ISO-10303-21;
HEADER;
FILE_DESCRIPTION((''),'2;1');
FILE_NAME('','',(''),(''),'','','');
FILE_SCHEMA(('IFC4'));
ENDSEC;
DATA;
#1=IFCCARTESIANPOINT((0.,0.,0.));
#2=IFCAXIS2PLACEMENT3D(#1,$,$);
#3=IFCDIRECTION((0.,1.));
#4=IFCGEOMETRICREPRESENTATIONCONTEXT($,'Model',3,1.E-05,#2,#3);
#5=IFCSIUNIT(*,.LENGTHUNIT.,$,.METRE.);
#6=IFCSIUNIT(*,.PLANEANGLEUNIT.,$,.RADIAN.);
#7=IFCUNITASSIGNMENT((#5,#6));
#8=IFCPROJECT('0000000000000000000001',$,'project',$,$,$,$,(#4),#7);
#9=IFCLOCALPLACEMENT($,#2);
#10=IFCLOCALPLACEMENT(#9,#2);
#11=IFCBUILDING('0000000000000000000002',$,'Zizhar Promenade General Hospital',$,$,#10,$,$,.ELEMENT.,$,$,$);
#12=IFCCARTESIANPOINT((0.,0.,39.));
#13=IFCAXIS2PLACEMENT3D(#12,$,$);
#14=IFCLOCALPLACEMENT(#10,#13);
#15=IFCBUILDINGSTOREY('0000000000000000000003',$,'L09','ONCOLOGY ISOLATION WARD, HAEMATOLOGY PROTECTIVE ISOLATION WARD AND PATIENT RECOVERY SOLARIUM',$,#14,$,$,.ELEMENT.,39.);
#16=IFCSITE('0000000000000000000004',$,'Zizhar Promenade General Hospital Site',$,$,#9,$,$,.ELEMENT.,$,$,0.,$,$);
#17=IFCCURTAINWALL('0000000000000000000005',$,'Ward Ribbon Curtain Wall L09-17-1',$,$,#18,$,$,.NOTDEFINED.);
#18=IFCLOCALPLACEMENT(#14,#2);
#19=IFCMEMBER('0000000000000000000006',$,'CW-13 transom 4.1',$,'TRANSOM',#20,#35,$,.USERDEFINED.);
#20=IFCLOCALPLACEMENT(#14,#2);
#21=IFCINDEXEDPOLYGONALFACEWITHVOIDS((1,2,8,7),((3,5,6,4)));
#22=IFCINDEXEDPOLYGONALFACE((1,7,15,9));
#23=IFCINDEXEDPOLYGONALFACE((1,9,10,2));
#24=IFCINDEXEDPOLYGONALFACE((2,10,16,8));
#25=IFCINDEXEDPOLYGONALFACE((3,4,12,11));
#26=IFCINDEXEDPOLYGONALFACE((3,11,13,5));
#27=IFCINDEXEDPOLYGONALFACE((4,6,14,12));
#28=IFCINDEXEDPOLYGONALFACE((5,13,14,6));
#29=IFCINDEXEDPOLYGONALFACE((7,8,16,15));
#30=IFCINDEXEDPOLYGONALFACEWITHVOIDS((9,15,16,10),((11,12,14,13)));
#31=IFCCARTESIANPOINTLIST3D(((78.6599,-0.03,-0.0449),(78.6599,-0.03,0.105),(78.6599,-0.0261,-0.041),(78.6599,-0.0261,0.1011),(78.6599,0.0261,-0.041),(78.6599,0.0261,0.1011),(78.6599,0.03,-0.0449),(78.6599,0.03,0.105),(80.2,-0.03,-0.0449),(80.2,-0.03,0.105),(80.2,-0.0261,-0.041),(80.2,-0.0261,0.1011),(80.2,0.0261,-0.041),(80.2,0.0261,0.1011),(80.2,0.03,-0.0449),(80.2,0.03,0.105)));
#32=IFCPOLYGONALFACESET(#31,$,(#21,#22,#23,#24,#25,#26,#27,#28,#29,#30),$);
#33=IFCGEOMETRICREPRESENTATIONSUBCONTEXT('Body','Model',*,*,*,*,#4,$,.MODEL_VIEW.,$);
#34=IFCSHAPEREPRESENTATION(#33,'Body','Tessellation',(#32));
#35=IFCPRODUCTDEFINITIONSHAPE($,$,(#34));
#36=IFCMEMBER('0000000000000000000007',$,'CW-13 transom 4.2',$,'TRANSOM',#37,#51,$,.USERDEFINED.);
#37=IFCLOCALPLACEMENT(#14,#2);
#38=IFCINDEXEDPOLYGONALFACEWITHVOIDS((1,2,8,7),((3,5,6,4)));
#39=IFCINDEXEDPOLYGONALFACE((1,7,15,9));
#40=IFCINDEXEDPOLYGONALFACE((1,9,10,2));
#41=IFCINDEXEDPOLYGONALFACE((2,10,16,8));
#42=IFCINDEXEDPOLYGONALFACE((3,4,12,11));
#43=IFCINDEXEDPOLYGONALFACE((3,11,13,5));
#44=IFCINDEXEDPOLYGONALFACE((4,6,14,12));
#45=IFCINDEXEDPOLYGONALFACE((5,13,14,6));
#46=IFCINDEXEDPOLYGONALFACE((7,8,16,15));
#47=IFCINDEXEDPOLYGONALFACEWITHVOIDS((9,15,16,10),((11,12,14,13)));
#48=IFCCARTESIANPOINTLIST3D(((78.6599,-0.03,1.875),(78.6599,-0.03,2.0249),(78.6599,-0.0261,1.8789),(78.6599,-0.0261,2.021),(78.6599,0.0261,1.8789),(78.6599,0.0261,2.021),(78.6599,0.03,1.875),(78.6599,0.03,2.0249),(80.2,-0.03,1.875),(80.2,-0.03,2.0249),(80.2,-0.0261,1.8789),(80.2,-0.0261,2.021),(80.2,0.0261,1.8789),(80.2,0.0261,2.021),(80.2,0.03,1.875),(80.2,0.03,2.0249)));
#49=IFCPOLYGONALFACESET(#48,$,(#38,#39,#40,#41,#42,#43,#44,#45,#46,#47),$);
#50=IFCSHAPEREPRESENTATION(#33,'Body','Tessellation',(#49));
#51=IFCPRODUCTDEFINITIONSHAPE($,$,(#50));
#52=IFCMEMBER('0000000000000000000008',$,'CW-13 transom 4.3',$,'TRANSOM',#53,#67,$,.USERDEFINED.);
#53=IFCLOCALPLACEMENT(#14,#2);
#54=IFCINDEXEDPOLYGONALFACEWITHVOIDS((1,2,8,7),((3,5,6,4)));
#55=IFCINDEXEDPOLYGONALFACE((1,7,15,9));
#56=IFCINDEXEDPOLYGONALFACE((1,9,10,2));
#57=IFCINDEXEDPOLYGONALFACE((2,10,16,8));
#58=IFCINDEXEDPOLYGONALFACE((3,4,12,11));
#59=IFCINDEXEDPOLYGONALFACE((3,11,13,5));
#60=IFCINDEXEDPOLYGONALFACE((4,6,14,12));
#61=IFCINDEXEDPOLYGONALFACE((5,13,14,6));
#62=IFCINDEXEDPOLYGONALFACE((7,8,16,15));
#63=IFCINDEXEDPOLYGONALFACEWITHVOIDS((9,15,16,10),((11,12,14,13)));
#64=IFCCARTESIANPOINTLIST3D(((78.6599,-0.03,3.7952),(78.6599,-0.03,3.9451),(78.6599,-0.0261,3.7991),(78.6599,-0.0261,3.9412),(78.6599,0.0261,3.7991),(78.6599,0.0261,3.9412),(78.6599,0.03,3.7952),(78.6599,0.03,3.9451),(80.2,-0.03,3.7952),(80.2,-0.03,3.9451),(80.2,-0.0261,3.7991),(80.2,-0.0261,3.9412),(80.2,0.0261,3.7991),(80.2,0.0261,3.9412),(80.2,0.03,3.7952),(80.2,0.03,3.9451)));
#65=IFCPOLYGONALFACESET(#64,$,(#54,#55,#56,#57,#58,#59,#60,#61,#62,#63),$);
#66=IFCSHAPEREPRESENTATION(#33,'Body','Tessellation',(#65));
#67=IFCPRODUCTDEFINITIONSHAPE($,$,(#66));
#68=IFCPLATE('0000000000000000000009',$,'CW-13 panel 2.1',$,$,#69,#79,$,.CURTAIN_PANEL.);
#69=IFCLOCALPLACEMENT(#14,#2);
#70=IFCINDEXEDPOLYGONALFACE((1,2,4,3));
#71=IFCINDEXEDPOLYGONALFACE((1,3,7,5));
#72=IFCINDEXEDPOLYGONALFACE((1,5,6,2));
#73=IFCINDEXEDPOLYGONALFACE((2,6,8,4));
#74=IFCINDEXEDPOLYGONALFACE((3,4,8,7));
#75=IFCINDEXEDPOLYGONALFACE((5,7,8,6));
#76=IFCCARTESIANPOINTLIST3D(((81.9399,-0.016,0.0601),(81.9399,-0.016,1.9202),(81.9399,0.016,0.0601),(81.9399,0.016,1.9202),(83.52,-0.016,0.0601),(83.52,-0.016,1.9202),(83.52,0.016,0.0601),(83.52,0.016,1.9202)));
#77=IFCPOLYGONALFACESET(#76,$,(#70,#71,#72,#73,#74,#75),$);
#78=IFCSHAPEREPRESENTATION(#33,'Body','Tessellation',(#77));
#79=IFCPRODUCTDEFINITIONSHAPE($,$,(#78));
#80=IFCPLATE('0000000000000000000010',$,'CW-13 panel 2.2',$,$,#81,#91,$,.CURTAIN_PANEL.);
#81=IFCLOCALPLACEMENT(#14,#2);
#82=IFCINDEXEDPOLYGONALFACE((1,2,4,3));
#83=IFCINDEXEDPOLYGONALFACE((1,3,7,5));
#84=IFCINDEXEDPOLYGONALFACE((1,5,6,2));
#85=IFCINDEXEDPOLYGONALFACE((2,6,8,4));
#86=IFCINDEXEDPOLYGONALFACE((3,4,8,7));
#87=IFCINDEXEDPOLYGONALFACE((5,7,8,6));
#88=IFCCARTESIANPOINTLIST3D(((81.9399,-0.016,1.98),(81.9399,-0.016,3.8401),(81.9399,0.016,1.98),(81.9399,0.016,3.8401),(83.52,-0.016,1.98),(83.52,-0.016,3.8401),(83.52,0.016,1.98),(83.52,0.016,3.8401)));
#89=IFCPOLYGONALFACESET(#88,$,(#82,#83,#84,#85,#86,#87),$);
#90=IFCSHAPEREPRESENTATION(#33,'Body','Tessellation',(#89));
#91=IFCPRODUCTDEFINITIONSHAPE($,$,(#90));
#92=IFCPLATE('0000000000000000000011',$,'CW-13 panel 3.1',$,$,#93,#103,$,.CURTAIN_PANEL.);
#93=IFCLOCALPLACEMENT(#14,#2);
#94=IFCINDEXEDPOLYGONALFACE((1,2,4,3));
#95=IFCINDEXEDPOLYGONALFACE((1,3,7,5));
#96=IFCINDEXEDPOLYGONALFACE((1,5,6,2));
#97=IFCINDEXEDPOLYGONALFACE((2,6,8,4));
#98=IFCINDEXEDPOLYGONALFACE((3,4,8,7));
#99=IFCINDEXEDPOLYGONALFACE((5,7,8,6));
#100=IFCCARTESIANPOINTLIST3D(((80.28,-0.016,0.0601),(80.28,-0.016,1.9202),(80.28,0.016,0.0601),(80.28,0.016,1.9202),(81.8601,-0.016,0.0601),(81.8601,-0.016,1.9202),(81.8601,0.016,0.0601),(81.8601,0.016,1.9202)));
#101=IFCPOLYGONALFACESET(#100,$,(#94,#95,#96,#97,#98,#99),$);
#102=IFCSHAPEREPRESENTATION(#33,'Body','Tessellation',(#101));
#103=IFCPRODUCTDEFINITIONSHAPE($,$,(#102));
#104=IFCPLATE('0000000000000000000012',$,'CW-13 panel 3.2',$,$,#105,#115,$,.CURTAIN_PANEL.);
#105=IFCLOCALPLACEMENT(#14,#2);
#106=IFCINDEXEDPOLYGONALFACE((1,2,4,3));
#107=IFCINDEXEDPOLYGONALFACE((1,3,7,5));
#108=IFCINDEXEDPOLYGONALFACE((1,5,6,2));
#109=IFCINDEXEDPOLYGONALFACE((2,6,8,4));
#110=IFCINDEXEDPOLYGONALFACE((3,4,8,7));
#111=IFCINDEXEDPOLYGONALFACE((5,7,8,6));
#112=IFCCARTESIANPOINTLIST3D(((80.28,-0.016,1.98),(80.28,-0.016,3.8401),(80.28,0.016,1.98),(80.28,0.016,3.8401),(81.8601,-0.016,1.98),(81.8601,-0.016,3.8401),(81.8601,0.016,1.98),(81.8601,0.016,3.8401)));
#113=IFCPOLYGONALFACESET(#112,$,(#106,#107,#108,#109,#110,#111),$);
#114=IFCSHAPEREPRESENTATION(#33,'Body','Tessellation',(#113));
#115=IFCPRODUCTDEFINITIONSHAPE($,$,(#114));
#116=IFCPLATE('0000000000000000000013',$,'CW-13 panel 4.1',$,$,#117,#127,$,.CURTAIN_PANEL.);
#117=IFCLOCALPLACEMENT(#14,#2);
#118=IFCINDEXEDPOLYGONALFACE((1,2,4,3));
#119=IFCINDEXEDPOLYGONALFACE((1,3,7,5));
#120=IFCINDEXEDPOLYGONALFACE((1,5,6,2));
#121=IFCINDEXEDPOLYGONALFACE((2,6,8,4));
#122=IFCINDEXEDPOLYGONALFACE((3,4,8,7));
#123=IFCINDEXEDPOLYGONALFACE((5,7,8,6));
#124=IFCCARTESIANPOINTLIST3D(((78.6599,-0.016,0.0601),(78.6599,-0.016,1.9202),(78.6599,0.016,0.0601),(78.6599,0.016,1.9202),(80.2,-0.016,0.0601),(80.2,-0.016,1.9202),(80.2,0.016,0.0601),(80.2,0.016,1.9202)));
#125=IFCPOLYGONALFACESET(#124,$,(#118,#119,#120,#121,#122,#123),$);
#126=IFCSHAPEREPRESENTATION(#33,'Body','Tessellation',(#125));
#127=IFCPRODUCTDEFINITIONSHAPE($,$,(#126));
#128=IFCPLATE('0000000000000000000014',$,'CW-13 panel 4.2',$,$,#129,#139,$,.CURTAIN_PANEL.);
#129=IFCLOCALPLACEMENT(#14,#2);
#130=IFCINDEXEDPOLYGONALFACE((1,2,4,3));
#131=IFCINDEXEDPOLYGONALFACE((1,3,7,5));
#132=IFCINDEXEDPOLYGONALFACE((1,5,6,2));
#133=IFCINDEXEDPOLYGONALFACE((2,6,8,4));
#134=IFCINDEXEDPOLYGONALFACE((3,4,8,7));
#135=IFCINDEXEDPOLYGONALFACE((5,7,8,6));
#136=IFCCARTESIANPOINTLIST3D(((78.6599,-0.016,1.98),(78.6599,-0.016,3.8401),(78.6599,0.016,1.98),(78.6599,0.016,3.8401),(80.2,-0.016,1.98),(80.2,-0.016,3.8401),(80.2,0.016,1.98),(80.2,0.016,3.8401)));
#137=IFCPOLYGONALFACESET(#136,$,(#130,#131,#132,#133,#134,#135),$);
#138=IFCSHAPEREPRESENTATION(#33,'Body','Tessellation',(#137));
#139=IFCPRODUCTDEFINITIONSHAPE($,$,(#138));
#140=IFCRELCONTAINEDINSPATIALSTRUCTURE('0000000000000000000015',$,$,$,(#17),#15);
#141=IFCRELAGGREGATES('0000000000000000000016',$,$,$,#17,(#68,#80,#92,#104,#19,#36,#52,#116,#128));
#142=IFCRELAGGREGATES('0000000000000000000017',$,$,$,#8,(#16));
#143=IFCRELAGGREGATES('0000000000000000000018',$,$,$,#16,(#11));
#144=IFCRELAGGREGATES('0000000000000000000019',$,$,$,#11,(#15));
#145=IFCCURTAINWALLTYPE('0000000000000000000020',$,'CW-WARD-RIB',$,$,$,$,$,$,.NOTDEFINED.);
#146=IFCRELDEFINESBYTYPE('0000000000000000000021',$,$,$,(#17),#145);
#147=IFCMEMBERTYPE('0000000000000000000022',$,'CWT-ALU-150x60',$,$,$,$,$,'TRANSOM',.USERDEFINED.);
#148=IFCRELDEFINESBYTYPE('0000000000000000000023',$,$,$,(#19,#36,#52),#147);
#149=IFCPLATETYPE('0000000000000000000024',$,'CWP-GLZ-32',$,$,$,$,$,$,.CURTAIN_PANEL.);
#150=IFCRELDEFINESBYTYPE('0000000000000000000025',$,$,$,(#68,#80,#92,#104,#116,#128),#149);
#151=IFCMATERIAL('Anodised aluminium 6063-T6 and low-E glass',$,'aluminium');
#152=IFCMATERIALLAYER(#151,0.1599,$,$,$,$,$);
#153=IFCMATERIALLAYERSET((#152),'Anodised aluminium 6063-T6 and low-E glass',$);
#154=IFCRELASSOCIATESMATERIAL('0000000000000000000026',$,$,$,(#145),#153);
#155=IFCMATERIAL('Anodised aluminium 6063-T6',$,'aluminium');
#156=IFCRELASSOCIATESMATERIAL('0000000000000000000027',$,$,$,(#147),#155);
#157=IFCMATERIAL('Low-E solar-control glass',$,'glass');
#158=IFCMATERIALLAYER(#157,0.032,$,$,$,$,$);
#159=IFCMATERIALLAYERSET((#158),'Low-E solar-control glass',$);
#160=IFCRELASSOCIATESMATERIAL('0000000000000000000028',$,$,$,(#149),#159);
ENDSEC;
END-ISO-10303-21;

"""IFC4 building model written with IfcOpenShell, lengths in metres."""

from ifc_helpers import new_model, si_unit, direction, frame, origin, origin_2d, place, context, subcontext, project, spatial, rectangle, hollow_rectangle, extrude, material, layer, layer_set, material_profile, profile_set, type_object, element, aggregate, save


model = new_model("IFC4")

# Units and contexts
model_context = context("Model", 3, precision=1e-05, world=origin(), true_north=direction((0.0, 1.0)))
body_context = subcontext(model_context, "Body", "Model", "MODEL_VIEW")
ifc_project = project(units=[si_unit("LENGTHUNIT", "METRE"), si_unit("PLANEANGLEUNIT", "RADIAN")], contexts=[model_context])

# Site, building, storey
site_placement = place(None, origin())
site = spatial("IfcSite", under=ifc_project, at=site_placement, Name="Zizhar Promenade General Hospital Site", CompositionType="ELEMENT", RefElevation=0.0)
building_placement = place(site_placement, origin())
building = spatial("IfcBuilding", under=site, at=building_placement, Name="Zizhar Promenade General Hospital", CompositionType="ELEMENT")
storey_placement = place(building_placement, frame((0.0, 0.0, 39.0)))
storey = spatial("IfcBuildingStorey", under=building, at=storey_placement, Name="L09", Description="ONCOLOGY ISOLATION WARD, HAEMATOLOGY PROTECTIVE ISOLATION WARD AND PATIENT RECOVERY SOLARIUM", CompositionType="ELEMENT", Elevation=39.0)

# Curtain wall, members, plates
ifc_material_1 = material(Name="Anodised aluminium 6063-T6 and low-E glass", Category="aluminium")
ifc_layer_1 = layer(ifc_material_1, 0.1599)
ifc_layer_set_1 = layer_set([ifc_layer_1], Name="Anodised aluminium 6063-T6 and low-E glass")
curtain_wall_type = type_object("IfcCurtainWallType", Name="CW-WARD-RIB", PredefinedType="NOTDEFINED", material=ifc_layer_set_1)
curtain_wall_placement = place(storey_placement, origin())
curtain_wall = element("IfcCurtainWall", 1, at=curtain_wall_placement, inside=storey, type_object=curtain_wall_type, Name="Ward Ribbon Curtain Wall L09-17-1", PredefinedType="NOTDEFINED")
ifc_material_2 = material(Name="Anodised aluminium 6063-T6", Category="aluminium")
ifc_material_profile_1 = material_profile(ifc_material_2, hollow_rectangle(XDim=0.0601, YDim=0.1499, WallThickness=0.0039, at=origin_2d()))
ifc_profile_set_1 = profile_set([ifc_material_profile_1], Name="Anodised aluminium 6063-T6")
member_type_1 = type_object("IfcMemberType", Name="CWT-ALU-150x60", ElementType="TRANSOM", PredefinedType="USERDEFINED", material=ifc_profile_set_1)
member_1_placement = place(storey_placement, frame((80.2, 0.0, 0.03), z_axis=(-1.0, 0.0, 0.0), x_axis=(0.0, -1.0, 0.0)))
member_1 = element("IfcMember", 2, at=member_1_placement, type_object=member_type_1, Name="CW-13 transom 4.1", ObjectType="TRANSOM", PredefinedType="USERDEFINED", context=body_context, shape_type="SweptSolid", body=[
    extrude(hollow_rectangle(XDim=0.0601, YDim=0.1499, WallThickness=0.0039, at=origin_2d()), origin(), (0.0, 0.0, 1.0), 1.54),
])
member_2_placement = place(storey_placement, frame((80.2, 0.0, 1.95), z_axis=(-1.0, 0.0, 0.0), x_axis=(0.0, -1.0, 0.0)))
member_2 = element("IfcMember", 3, at=member_2_placement, type_object=member_type_1, Name="CW-13 transom 4.2", ObjectType="TRANSOM", PredefinedType="USERDEFINED", context=body_context, shape_type="SweptSolid", body=[
    extrude(hollow_rectangle(XDim=0.0601, YDim=0.1499, WallThickness=0.0039, at=origin_2d()), origin(), (0.0, 0.0, 1.0), 1.54),
])
member_3_placement = place(storey_placement, frame((80.2, 0.0, 3.8701), z_axis=(-1.0, 0.0, 0.0), x_axis=(0.0, -1.0, 0.0)))
member_3 = element("IfcMember", 4, at=member_3_placement, type_object=member_type_1, Name="CW-13 transom 4.3", ObjectType="TRANSOM", PredefinedType="USERDEFINED", context=body_context, shape_type="SweptSolid", body=[
    extrude(hollow_rectangle(XDim=0.0601, YDim=0.1499, WallThickness=0.0039, at=origin_2d()), origin(), (0.0, 0.0, 1.0), 1.54),
])
ifc_material_3 = material(Name="Low-E solar-control glass", Category="glass")
ifc_layer_2 = layer(ifc_material_3, 0.032)
ifc_layer_set_2 = layer_set([ifc_layer_2], Name="Low-E solar-control glass")
plate_type = type_object("IfcPlateType", Name="CWP-GLZ-32", PredefinedType="CURTAIN_PANEL", material=ifc_layer_set_2)
plate_1_placement = place(storey_placement, frame((82.73, 0.0, 0.0601), z_axis=(0.0, 0.0, 1.0), x_axis=(-1.0, 0.0, 0.0)))
plate_1 = element("IfcPlate", 5, at=plate_1_placement, type_object=plate_type, Name="CW-13 panel 2.1", PredefinedType="CURTAIN_PANEL", context=body_context, shape_type="SweptSolid", body=[
    extrude(rectangle(XDim=1.5801, YDim=0.032, at=origin_2d()), origin(), (0.0, 0.0, 1.0), 1.8601),
])
plate_2_placement = place(storey_placement, frame((82.73, 0.0, 1.98), z_axis=(0.0, 0.0, 1.0), x_axis=(-1.0, 0.0, 0.0)))
plate_2 = element("IfcPlate", 6, at=plate_2_placement, type_object=plate_type, Name="CW-13 panel 2.2", PredefinedType="CURTAIN_PANEL", context=body_context, shape_type="SweptSolid", body=[
    extrude(rectangle(XDim=1.5801, YDim=0.032, at=origin_2d()), origin(), (0.0, 0.0, 1.0), 1.8601),
])
plate_3_placement = place(storey_placement, frame((81.0701, 0.0, 0.0601), z_axis=(0.0, 0.0, 1.0), x_axis=(-1.0, 0.0, 0.0)))
plate_3 = element("IfcPlate", 7, at=plate_3_placement, type_object=plate_type, Name="CW-13 panel 3.1", PredefinedType="CURTAIN_PANEL", context=body_context, shape_type="SweptSolid", body=[
    extrude(rectangle(XDim=1.5801, YDim=0.032, at=origin_2d()), origin(), (0.0, 0.0, 1.0), 1.8601),
])
plate_4_placement = place(storey_placement, frame((81.0701, 0.0, 1.98), z_axis=(0.0, 0.0, 1.0), x_axis=(-1.0, 0.0, 0.0)))
plate_4 = element("IfcPlate", 8, at=plate_4_placement, type_object=plate_type, Name="CW-13 panel 3.2", PredefinedType="CURTAIN_PANEL", context=body_context, shape_type="SweptSolid", body=[
    extrude(rectangle(XDim=1.5801, YDim=0.032, at=origin_2d()), origin(), (0.0, 0.0, 1.0), 1.8601),
])
plate_5_placement = place(storey_placement, frame((79.4299, 0.0, 0.0601), z_axis=(0.0, 0.0, 1.0), x_axis=(-1.0, 0.0, 0.0)))
plate_5 = element("IfcPlate", 9, at=plate_5_placement, type_object=plate_type, Name="CW-13 panel 4.1", PredefinedType="CURTAIN_PANEL", context=body_context, shape_type="SweptSolid", body=[
    extrude(rectangle(XDim=1.54, YDim=0.032, at=origin_2d()), origin(), (0.0, 0.0, 1.0), 1.8601),
])
plate_6_placement = place(storey_placement, frame((79.4299, 0.0, 1.98), z_axis=(0.0, 0.0, 1.0), x_axis=(-1.0, 0.0, 0.0)))
plate_6 = element("IfcPlate", 10, at=plate_6_placement, type_object=plate_type, Name="CW-13 panel 4.2", PredefinedType="CURTAIN_PANEL", context=body_context, shape_type="SweptSolid", body=[
    extrude(rectangle(XDim=1.54, YDim=0.032, at=origin_2d()), origin(), (0.0, 0.0, 1.0), 1.8601),
])
aggregate(curtain_wall, [plate_1, plate_2, plate_3, plate_4, member_1, member_2, member_3, plate_5, plate_6])

save(model, "model.ifc")
